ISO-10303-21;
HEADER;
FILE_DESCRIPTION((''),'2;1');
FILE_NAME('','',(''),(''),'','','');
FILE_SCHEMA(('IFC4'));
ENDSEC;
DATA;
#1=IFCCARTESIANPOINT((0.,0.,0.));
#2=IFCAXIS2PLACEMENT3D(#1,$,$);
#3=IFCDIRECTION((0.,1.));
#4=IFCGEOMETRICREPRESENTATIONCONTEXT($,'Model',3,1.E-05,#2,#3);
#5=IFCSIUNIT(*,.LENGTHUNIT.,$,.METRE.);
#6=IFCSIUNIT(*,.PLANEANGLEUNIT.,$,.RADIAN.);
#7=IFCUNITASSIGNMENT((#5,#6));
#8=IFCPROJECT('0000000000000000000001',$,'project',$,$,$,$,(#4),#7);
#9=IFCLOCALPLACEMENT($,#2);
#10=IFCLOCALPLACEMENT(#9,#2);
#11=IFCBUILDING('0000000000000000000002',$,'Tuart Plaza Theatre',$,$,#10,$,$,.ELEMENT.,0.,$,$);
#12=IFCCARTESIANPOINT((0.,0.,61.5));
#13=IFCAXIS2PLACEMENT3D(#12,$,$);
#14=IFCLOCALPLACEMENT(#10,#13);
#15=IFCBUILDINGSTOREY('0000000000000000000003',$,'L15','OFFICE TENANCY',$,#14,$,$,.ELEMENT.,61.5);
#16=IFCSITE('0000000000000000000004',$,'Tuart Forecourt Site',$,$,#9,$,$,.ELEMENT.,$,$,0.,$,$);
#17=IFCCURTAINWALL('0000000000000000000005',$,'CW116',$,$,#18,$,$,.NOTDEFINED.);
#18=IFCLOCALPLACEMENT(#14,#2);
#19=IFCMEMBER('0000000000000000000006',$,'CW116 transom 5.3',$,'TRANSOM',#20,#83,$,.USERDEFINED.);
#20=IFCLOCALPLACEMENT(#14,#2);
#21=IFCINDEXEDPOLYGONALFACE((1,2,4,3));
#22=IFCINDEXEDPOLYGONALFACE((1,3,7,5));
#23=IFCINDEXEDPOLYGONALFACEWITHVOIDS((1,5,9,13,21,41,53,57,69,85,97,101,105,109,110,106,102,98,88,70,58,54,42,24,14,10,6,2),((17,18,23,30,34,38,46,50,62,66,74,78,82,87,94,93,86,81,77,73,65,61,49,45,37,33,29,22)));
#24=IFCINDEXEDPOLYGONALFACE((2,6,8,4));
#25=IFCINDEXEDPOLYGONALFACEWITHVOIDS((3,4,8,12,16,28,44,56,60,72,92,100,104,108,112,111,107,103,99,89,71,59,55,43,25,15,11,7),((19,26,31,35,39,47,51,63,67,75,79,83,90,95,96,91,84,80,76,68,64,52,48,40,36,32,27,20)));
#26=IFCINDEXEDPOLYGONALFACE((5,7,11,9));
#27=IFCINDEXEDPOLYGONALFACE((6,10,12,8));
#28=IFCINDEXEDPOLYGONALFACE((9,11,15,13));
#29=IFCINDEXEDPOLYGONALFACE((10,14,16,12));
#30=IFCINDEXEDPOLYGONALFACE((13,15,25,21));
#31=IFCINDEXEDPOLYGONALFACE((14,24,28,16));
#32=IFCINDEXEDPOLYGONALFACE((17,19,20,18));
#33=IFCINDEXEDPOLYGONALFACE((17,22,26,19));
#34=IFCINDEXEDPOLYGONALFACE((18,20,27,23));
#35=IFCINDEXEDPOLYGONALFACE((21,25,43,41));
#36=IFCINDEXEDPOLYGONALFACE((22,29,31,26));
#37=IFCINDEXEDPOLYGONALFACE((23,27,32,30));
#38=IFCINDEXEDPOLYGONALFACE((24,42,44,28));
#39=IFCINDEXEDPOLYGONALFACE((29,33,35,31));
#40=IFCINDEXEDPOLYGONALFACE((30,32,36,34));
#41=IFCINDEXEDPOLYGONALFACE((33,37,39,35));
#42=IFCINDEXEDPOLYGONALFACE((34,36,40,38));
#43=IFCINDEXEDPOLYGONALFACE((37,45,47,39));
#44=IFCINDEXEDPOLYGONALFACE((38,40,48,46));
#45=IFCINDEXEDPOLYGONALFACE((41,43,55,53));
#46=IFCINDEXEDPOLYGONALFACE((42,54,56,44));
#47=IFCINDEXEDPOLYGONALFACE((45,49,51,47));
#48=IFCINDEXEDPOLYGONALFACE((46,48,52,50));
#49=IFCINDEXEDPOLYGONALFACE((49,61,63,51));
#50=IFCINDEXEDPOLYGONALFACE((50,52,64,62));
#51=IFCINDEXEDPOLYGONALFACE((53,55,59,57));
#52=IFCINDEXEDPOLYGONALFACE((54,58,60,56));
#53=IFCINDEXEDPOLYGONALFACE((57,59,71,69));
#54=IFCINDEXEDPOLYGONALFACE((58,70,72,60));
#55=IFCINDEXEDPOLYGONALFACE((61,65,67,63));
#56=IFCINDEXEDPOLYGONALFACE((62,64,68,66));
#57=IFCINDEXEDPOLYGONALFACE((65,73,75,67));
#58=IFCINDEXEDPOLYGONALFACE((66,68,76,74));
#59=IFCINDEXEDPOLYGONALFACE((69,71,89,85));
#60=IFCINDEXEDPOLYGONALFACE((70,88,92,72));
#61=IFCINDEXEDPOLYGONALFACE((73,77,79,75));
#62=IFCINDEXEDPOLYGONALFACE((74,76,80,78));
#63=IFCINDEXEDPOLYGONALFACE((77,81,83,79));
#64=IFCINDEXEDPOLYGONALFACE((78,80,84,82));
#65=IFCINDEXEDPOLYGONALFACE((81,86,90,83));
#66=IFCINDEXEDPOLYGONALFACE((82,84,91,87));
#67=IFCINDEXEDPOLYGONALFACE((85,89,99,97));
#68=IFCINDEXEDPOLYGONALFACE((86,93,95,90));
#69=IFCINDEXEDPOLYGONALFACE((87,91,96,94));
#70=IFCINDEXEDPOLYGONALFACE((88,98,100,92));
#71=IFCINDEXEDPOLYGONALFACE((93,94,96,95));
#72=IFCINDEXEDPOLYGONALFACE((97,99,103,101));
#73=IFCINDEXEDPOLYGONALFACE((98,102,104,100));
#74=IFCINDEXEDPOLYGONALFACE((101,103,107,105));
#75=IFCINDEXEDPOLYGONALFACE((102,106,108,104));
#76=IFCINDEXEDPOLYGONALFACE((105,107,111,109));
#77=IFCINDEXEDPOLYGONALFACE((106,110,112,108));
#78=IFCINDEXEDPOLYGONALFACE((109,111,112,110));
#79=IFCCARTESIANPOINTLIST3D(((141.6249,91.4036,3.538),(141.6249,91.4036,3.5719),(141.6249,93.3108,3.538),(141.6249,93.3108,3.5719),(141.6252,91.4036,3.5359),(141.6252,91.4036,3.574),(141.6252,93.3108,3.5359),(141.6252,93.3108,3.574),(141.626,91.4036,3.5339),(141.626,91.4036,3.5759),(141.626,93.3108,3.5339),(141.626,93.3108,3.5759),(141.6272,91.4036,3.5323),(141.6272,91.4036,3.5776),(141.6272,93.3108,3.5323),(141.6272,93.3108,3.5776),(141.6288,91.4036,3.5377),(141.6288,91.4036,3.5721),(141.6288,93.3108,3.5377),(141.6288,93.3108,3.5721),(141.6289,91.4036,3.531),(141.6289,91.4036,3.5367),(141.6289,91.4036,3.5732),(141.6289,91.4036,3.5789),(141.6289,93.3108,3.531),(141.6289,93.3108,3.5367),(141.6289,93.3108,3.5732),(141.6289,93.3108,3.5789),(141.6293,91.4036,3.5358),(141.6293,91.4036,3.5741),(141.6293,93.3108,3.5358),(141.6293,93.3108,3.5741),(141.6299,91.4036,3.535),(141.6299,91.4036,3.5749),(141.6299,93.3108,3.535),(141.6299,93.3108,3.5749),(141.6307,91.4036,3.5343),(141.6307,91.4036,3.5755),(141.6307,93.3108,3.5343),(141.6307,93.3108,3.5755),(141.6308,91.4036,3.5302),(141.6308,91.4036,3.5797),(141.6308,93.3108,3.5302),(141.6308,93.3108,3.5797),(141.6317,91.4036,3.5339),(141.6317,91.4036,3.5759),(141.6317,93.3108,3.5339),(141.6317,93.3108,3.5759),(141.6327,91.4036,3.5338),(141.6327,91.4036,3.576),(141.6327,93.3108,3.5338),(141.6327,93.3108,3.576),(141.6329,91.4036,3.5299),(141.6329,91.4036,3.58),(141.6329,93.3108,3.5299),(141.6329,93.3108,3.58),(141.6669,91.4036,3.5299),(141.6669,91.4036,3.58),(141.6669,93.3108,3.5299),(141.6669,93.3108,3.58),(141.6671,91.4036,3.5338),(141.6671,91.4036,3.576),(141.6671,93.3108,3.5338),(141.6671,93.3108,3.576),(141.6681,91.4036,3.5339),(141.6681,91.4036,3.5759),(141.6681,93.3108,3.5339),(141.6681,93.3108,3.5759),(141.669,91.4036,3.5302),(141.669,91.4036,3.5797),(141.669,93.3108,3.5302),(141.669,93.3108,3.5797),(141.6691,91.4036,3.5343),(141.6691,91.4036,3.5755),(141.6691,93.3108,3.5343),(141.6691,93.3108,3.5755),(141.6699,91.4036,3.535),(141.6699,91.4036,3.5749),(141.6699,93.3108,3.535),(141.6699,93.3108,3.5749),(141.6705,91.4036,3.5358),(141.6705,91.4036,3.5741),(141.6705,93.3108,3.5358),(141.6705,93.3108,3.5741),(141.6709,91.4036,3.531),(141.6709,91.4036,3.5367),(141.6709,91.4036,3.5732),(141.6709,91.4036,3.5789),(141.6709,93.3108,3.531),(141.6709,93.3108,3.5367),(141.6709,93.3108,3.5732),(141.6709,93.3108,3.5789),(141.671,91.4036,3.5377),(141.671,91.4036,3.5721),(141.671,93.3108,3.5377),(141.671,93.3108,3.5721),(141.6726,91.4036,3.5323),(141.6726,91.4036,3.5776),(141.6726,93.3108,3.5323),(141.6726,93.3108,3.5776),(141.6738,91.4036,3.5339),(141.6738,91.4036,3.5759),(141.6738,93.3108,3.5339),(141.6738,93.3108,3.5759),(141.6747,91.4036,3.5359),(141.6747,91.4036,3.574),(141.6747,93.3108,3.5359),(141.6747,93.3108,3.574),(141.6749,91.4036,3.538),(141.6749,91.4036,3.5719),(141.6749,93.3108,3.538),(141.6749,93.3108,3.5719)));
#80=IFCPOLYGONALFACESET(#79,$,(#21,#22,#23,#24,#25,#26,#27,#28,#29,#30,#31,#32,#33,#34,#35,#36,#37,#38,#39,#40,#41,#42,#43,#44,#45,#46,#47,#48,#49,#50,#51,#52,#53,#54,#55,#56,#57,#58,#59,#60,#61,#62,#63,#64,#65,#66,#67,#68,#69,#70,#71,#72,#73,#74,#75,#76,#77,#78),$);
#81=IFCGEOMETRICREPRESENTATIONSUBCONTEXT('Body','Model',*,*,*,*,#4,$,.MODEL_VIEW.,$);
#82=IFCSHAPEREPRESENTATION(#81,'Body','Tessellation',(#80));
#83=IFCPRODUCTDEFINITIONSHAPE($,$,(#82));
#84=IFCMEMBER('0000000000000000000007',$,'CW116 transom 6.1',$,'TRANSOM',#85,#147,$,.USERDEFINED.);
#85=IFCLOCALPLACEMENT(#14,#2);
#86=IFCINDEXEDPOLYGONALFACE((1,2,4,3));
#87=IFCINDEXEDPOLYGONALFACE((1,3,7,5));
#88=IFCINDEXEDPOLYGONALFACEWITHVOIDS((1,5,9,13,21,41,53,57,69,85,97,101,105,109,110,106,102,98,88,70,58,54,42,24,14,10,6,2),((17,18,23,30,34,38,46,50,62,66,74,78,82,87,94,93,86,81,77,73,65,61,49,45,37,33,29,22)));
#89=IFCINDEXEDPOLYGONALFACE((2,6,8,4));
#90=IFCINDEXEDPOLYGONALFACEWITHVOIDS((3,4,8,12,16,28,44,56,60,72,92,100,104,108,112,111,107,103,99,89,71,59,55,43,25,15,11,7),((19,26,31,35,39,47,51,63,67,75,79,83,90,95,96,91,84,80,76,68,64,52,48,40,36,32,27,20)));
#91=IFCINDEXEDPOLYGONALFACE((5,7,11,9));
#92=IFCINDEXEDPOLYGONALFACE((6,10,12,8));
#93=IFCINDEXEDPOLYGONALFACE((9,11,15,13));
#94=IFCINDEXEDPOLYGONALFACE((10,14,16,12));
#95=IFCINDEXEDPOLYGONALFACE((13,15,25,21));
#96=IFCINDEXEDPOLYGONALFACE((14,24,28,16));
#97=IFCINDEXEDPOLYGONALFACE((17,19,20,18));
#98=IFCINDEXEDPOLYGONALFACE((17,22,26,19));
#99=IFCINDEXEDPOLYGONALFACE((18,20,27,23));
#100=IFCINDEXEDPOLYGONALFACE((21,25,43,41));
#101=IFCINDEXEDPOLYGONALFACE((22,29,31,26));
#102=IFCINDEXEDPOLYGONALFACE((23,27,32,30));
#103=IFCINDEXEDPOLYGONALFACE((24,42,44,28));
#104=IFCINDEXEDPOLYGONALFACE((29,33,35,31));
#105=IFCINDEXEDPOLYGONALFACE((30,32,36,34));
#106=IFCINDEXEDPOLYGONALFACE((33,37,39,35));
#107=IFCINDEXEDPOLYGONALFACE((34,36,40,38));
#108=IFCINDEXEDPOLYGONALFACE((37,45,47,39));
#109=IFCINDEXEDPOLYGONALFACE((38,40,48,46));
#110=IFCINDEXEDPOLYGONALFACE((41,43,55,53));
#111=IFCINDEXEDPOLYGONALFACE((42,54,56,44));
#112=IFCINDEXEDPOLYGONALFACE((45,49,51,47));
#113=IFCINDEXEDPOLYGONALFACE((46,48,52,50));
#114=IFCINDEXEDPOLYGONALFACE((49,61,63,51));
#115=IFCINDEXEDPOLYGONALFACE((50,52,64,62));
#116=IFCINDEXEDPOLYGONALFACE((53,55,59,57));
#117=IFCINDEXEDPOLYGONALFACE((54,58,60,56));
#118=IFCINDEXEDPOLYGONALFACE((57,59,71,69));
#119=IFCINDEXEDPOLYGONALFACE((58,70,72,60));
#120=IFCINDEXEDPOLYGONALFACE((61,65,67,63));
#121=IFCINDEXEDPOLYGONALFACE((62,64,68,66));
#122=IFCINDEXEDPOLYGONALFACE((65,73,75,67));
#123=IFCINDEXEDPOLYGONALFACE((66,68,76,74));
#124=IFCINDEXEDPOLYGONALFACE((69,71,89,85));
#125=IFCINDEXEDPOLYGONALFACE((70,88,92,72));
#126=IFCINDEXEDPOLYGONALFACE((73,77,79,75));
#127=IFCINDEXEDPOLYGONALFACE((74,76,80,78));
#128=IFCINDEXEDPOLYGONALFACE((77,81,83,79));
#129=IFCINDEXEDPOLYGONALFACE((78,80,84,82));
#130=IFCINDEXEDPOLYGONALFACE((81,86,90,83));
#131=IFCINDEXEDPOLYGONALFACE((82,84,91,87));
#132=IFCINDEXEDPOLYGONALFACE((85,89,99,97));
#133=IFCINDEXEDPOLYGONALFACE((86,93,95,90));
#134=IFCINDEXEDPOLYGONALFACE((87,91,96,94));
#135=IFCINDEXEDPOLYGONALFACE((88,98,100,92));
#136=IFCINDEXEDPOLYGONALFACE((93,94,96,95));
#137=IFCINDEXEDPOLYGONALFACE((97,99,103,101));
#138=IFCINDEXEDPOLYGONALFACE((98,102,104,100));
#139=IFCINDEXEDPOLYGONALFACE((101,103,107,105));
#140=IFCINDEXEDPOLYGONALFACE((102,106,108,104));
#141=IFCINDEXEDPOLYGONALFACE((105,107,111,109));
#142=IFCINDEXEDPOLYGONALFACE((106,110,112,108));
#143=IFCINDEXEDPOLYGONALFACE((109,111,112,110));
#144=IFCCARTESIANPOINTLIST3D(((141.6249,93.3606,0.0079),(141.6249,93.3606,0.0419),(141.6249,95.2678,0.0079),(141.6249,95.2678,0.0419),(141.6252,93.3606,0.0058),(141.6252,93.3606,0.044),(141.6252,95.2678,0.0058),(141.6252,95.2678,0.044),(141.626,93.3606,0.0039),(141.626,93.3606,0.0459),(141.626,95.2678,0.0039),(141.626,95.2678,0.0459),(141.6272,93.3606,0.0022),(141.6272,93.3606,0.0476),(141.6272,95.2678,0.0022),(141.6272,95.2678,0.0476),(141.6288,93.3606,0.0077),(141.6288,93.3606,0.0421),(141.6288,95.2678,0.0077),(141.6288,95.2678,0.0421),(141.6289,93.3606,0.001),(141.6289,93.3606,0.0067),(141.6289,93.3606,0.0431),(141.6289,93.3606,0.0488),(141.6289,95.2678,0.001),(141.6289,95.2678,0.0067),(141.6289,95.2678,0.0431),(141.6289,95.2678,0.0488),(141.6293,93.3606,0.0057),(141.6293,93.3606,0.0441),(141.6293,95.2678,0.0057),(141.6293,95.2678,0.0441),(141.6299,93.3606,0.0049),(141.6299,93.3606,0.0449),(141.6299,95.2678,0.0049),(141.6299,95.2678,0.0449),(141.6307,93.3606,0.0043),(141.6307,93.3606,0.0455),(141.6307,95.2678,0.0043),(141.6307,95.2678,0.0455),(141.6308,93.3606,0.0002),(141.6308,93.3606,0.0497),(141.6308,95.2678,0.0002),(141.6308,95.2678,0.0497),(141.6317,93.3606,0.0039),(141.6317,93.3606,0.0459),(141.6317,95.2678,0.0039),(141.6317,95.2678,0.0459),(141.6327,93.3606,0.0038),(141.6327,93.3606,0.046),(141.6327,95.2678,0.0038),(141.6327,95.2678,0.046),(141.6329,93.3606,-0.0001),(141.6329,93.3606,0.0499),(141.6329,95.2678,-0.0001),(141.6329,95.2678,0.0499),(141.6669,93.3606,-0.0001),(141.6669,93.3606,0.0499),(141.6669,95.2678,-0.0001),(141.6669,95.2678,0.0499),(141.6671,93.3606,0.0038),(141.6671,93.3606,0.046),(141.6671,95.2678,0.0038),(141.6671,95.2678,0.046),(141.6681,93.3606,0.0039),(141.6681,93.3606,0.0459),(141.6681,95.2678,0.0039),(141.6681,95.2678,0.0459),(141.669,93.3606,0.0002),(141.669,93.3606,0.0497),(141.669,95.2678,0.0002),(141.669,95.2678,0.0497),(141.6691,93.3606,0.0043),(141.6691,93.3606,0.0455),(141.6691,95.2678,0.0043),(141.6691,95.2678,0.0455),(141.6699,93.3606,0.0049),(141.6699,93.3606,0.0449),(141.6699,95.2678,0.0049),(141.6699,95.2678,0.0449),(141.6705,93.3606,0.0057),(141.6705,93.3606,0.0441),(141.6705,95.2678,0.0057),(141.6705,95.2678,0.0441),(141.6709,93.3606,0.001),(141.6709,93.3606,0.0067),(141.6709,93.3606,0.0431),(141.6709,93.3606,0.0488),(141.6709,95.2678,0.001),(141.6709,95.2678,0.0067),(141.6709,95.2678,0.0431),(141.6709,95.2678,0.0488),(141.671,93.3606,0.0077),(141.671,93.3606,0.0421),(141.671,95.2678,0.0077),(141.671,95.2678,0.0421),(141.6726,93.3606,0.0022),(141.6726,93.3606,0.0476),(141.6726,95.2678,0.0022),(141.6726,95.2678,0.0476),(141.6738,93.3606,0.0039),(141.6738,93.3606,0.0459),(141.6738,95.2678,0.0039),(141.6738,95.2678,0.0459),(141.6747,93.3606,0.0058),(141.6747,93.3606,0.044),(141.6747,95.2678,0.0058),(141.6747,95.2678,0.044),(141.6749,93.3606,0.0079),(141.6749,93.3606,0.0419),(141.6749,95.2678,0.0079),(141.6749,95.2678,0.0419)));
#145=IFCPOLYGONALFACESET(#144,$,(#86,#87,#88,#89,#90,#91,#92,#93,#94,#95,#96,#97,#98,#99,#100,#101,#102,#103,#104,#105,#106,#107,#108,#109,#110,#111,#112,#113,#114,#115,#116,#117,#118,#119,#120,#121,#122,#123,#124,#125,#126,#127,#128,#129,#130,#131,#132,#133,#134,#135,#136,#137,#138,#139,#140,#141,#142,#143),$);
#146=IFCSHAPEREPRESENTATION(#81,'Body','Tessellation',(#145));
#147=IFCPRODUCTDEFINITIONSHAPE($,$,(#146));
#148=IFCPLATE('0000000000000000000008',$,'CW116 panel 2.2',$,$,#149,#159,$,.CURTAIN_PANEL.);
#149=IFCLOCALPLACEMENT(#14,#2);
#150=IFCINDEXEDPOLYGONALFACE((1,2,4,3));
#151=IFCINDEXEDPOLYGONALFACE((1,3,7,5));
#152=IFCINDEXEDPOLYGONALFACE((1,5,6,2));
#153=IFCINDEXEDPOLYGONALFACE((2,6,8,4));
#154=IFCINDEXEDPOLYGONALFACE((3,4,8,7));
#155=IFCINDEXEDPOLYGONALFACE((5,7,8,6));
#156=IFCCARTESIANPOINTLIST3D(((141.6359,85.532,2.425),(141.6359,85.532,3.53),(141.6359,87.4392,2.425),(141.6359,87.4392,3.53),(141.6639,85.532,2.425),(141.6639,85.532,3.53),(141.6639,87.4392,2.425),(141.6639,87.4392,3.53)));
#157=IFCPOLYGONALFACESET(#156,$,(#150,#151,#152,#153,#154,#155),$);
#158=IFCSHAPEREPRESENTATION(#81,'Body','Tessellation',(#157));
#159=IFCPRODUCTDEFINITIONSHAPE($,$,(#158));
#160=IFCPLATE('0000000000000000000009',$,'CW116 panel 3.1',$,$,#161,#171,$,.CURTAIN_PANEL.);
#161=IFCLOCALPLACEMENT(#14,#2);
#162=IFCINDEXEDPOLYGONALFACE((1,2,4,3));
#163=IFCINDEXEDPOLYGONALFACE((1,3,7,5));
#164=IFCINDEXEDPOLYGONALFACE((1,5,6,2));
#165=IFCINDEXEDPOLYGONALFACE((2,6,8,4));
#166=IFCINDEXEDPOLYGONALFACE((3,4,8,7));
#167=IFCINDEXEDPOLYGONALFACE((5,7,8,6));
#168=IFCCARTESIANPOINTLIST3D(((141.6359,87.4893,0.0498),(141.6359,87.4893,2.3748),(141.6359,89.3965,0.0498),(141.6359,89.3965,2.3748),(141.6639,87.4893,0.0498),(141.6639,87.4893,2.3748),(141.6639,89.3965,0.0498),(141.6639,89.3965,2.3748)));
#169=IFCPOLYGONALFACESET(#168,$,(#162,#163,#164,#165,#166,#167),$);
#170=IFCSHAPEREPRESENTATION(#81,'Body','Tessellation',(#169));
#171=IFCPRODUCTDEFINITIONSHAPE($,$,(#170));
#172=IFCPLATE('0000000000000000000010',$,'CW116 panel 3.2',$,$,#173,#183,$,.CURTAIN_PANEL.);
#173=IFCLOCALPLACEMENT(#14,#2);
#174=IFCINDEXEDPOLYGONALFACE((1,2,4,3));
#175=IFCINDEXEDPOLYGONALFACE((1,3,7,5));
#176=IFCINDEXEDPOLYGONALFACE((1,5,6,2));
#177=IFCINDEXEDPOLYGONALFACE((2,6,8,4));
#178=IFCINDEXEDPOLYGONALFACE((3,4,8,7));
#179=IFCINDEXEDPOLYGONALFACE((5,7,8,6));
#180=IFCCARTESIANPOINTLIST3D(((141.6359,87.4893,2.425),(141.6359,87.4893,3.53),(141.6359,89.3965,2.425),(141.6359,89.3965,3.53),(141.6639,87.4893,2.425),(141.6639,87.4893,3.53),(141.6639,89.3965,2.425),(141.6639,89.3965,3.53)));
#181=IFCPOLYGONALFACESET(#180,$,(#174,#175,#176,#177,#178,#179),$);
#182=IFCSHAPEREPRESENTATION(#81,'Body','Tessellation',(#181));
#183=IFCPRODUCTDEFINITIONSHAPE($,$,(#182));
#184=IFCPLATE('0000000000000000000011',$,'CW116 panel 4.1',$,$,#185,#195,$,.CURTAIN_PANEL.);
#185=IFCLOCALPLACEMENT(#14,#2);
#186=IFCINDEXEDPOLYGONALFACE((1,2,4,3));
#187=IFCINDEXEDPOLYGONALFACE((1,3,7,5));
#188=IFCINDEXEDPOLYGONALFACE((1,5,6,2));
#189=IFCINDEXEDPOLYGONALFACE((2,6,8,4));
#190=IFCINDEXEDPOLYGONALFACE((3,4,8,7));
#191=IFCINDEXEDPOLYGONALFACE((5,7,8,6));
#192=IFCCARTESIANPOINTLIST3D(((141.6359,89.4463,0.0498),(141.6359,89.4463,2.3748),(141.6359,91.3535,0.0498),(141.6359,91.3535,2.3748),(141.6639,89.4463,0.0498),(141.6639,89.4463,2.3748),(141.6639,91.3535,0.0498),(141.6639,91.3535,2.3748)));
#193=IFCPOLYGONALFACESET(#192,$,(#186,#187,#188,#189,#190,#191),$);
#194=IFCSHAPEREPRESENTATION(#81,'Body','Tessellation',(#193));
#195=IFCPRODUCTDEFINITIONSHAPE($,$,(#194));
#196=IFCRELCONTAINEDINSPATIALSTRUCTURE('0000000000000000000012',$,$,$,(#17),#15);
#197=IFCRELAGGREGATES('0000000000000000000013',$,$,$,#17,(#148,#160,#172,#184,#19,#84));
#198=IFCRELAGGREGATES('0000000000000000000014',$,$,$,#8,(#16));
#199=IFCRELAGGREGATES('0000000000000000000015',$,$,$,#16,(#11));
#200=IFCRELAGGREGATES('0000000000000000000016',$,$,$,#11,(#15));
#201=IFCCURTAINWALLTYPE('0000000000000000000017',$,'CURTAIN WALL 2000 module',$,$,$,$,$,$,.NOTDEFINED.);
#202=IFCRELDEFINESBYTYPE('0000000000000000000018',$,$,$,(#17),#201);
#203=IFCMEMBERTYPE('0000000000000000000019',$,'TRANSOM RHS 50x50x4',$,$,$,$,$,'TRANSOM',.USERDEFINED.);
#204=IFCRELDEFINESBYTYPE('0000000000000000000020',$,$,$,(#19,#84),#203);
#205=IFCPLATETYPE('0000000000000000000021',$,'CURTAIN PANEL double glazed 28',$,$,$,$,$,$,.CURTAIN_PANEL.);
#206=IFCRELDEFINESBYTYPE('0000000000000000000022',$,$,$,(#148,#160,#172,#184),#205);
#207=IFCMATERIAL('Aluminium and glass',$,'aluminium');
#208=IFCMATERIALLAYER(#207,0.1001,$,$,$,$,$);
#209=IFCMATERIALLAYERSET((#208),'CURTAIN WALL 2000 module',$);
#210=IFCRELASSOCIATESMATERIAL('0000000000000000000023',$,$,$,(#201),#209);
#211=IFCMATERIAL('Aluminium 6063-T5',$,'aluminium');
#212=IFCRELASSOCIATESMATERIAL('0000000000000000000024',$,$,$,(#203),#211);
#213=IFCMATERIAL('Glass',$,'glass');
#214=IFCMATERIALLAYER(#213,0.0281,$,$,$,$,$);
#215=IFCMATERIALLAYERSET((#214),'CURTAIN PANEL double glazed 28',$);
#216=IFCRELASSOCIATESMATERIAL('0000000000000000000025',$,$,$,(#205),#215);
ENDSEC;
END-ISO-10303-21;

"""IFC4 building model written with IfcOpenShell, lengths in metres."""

from ifc_helpers import new_model, si_unit, direction, frame, origin, origin_2d, place, context, subcontext, project, spatial, rectangle, hollow_rectangle, extrude, material, layer, layer_set, material_profile, profile_set, type_object, element, aggregate, save


model = new_model("IFC4")

# Units and contexts
model_context = context("Model", 3, precision=1e-05, world=origin(), true_north=direction((0.0, 1.0)))
body_context = subcontext(model_context, "Body", "Model", "MODEL_VIEW")
ifc_project = project(units=[si_unit("LENGTHUNIT", "METRE"), si_unit("PLANEANGLEUNIT", "RADIAN")], contexts=[model_context])

# Site, building, storey
site_placement = place(None, origin())
site = spatial("IfcSite", under=ifc_project, at=site_placement, Name="Tuart Forecourt Site", CompositionType="ELEMENT", RefElevation=0.0)
building_placement = place(site_placement, origin())
building = spatial("IfcBuilding", under=site, at=building_placement, Name="Tuart Plaza Theatre", CompositionType="ELEMENT", ElevationOfRefHeight=0.0)
storey_placement = place(building_placement, frame((0.0, 0.0, 61.5)))
storey = spatial("IfcBuildingStorey", under=building, at=storey_placement, Name="L15", Description="OFFICE TENANCY", CompositionType="ELEMENT", Elevation=61.5)

# Curtain wall, members, plates
ifc_material_1 = material(Name="Aluminium and glass", Category="aluminium")
ifc_layer_1 = layer(ifc_material_1, 0.1001)
ifc_layer_set_1 = layer_set([ifc_layer_1], Name="CURTAIN WALL 2000 module")
curtain_wall_type = type_object("IfcCurtainWallType", Name="CURTAIN WALL 2000 module", PredefinedType="NOTDEFINED", material=ifc_layer_set_1)
curtain_wall_placement = place(storey_placement, origin())
curtain_wall = element("IfcCurtainWall", 1, at=curtain_wall_placement, inside=storey, type_object=curtain_wall_type, Name="CW116", PredefinedType="NOTDEFINED")
ifc_material_2 = material(Name="Aluminium 6063-T5", Category="aluminium")
ifc_material_profile_1 = material_profile(ifc_material_2, hollow_rectangle(XDim=0.05, YDim=0.05, WallThickness=0.0039, InnerFilletRadius=0.0039, OuterFilletRadius=0.0081, at=origin_2d()), Name="RHS 50x50x4")
ifc_profile_set_1 = profile_set([ifc_material_profile_1], Name="Aluminium 6063-T5")
member_type_1 = type_object("IfcMemberType", Name="TRANSOM RHS 50x50x4", ElementType="TRANSOM", PredefinedType="USERDEFINED", material=ifc_profile_set_1)
member_1_placement = place(storey_placement, frame((141.6499, 91.4036, 3.5549), z_axis=(0.0, 1.0, 0.0), x_axis=(-1.0, 0.0, 0.0)))
member_1 = element("IfcMember", 2, at=member_1_placement, type_object=member_type_1, Name="CW116 transom 5.3", ObjectType="TRANSOM", PredefinedType="USERDEFINED", context=body_context, shape_type="SweptSolid", body=[
    extrude(hollow_rectangle(XDim=0.05, YDim=0.05, WallThickness=0.0039, InnerFilletRadius=0.0039, OuterFilletRadius=0.0081, at=origin_2d()), origin(), (0.0, 0.0, 1.0), 1.9072),
])
member_2_placement = place(storey_placement, frame((141.6499, 93.3606, 0.0249), z_axis=(0.0, 1.0, 0.0), x_axis=(-1.0, 0.0, 0.0)))
member_2 = element("IfcMember", 3, at=member_2_placement, type_object=member_type_1, Name="CW116 transom 6.1", ObjectType="TRANSOM", PredefinedType="USERDEFINED", context=body_context, shape_type="SweptSolid", body=[
    extrude(hollow_rectangle(XDim=0.05, YDim=0.05, WallThickness=0.0039, InnerFilletRadius=0.0039, OuterFilletRadius=0.0081, at=origin_2d()), origin(), (0.0, 0.0, 1.0), 1.9072),
])
ifc_material_3 = material(Name="Glass", Category="glass")
ifc_layer_2 = layer(ifc_material_3, 0.0281)
ifc_layer_set_2 = layer_set([ifc_layer_2], Name="CURTAIN PANEL double glazed 28")
plate_type = type_object("IfcPlateType", Name="CURTAIN PANEL double glazed 28", PredefinedType="CURTAIN_PANEL", material=ifc_layer_set_2)
plate_1_placement = place(storey_placement, frame((141.6499, 86.4856, 2.425), z_axis=(0.0, 0.0, 1.0), x_axis=(0.0, 1.0, 0.0)))
plate_1 = element("IfcPlate", 4, at=plate_1_placement, type_object=plate_type, Name="CW116 panel 2.2", PredefinedType="CURTAIN_PANEL", context=body_context, shape_type="SweptSolid", body=[
    extrude(rectangle(XDim=1.9072, YDim=0.0281, at=origin_2d()), origin(), (0.0, 0.0, 1.0), 1.105),
])
plate_2_placement = place(storey_placement, frame((141.6499, 88.4429, 0.0498), z_axis=(0.0, 0.0, 1.0), x_axis=(0.0, 1.0, 0.0)))
plate_2 = element("IfcPlate", 5, at=plate_2_placement, type_object=plate_type, Name="CW116 panel 3.1", PredefinedType="CURTAIN_PANEL", context=body_context, shape_type="SweptSolid", body=[
    extrude(rectangle(XDim=1.9072, YDim=0.0281, at=origin_2d()), origin(), (0.0, 0.0, 1.0), 2.325),
])
plate_3_placement = place(storey_placement, frame((141.6499, 88.4429, 2.425), z_axis=(0.0, 0.0, 1.0), x_axis=(0.0, 1.0, 0.0)))
plate_3 = element("IfcPlate", 6, at=plate_3_placement, type_object=plate_type, Name="CW116 panel 3.2", PredefinedType="CURTAIN_PANEL", context=body_context, shape_type="SweptSolid", body=[
    extrude(rectangle(XDim=1.9072, YDim=0.0281, at=origin_2d()), origin(), (0.0, 0.0, 1.0), 1.105),
])
plate_4_placement = place(storey_placement, frame((141.6499, 90.3999, 0.0498), z_axis=(0.0, 0.0, 1.0), x_axis=(0.0, 1.0, 0.0)))
plate_4 = element("IfcPlate", 7, at=plate_4_placement, type_object=plate_type, Name="CW116 panel 4.1", PredefinedType="CURTAIN_PANEL", context=body_context, shape_type="SweptSolid", body=[
    extrude(rectangle(XDim=1.9072, YDim=0.0281, at=origin_2d()), origin(), (0.0, 0.0, 1.0), 2.325),
])
aggregate(curtain_wall, [plate_1, plate_2, plate_3, plate_4, member_1, member_2])

save(model, "model.ifc")
